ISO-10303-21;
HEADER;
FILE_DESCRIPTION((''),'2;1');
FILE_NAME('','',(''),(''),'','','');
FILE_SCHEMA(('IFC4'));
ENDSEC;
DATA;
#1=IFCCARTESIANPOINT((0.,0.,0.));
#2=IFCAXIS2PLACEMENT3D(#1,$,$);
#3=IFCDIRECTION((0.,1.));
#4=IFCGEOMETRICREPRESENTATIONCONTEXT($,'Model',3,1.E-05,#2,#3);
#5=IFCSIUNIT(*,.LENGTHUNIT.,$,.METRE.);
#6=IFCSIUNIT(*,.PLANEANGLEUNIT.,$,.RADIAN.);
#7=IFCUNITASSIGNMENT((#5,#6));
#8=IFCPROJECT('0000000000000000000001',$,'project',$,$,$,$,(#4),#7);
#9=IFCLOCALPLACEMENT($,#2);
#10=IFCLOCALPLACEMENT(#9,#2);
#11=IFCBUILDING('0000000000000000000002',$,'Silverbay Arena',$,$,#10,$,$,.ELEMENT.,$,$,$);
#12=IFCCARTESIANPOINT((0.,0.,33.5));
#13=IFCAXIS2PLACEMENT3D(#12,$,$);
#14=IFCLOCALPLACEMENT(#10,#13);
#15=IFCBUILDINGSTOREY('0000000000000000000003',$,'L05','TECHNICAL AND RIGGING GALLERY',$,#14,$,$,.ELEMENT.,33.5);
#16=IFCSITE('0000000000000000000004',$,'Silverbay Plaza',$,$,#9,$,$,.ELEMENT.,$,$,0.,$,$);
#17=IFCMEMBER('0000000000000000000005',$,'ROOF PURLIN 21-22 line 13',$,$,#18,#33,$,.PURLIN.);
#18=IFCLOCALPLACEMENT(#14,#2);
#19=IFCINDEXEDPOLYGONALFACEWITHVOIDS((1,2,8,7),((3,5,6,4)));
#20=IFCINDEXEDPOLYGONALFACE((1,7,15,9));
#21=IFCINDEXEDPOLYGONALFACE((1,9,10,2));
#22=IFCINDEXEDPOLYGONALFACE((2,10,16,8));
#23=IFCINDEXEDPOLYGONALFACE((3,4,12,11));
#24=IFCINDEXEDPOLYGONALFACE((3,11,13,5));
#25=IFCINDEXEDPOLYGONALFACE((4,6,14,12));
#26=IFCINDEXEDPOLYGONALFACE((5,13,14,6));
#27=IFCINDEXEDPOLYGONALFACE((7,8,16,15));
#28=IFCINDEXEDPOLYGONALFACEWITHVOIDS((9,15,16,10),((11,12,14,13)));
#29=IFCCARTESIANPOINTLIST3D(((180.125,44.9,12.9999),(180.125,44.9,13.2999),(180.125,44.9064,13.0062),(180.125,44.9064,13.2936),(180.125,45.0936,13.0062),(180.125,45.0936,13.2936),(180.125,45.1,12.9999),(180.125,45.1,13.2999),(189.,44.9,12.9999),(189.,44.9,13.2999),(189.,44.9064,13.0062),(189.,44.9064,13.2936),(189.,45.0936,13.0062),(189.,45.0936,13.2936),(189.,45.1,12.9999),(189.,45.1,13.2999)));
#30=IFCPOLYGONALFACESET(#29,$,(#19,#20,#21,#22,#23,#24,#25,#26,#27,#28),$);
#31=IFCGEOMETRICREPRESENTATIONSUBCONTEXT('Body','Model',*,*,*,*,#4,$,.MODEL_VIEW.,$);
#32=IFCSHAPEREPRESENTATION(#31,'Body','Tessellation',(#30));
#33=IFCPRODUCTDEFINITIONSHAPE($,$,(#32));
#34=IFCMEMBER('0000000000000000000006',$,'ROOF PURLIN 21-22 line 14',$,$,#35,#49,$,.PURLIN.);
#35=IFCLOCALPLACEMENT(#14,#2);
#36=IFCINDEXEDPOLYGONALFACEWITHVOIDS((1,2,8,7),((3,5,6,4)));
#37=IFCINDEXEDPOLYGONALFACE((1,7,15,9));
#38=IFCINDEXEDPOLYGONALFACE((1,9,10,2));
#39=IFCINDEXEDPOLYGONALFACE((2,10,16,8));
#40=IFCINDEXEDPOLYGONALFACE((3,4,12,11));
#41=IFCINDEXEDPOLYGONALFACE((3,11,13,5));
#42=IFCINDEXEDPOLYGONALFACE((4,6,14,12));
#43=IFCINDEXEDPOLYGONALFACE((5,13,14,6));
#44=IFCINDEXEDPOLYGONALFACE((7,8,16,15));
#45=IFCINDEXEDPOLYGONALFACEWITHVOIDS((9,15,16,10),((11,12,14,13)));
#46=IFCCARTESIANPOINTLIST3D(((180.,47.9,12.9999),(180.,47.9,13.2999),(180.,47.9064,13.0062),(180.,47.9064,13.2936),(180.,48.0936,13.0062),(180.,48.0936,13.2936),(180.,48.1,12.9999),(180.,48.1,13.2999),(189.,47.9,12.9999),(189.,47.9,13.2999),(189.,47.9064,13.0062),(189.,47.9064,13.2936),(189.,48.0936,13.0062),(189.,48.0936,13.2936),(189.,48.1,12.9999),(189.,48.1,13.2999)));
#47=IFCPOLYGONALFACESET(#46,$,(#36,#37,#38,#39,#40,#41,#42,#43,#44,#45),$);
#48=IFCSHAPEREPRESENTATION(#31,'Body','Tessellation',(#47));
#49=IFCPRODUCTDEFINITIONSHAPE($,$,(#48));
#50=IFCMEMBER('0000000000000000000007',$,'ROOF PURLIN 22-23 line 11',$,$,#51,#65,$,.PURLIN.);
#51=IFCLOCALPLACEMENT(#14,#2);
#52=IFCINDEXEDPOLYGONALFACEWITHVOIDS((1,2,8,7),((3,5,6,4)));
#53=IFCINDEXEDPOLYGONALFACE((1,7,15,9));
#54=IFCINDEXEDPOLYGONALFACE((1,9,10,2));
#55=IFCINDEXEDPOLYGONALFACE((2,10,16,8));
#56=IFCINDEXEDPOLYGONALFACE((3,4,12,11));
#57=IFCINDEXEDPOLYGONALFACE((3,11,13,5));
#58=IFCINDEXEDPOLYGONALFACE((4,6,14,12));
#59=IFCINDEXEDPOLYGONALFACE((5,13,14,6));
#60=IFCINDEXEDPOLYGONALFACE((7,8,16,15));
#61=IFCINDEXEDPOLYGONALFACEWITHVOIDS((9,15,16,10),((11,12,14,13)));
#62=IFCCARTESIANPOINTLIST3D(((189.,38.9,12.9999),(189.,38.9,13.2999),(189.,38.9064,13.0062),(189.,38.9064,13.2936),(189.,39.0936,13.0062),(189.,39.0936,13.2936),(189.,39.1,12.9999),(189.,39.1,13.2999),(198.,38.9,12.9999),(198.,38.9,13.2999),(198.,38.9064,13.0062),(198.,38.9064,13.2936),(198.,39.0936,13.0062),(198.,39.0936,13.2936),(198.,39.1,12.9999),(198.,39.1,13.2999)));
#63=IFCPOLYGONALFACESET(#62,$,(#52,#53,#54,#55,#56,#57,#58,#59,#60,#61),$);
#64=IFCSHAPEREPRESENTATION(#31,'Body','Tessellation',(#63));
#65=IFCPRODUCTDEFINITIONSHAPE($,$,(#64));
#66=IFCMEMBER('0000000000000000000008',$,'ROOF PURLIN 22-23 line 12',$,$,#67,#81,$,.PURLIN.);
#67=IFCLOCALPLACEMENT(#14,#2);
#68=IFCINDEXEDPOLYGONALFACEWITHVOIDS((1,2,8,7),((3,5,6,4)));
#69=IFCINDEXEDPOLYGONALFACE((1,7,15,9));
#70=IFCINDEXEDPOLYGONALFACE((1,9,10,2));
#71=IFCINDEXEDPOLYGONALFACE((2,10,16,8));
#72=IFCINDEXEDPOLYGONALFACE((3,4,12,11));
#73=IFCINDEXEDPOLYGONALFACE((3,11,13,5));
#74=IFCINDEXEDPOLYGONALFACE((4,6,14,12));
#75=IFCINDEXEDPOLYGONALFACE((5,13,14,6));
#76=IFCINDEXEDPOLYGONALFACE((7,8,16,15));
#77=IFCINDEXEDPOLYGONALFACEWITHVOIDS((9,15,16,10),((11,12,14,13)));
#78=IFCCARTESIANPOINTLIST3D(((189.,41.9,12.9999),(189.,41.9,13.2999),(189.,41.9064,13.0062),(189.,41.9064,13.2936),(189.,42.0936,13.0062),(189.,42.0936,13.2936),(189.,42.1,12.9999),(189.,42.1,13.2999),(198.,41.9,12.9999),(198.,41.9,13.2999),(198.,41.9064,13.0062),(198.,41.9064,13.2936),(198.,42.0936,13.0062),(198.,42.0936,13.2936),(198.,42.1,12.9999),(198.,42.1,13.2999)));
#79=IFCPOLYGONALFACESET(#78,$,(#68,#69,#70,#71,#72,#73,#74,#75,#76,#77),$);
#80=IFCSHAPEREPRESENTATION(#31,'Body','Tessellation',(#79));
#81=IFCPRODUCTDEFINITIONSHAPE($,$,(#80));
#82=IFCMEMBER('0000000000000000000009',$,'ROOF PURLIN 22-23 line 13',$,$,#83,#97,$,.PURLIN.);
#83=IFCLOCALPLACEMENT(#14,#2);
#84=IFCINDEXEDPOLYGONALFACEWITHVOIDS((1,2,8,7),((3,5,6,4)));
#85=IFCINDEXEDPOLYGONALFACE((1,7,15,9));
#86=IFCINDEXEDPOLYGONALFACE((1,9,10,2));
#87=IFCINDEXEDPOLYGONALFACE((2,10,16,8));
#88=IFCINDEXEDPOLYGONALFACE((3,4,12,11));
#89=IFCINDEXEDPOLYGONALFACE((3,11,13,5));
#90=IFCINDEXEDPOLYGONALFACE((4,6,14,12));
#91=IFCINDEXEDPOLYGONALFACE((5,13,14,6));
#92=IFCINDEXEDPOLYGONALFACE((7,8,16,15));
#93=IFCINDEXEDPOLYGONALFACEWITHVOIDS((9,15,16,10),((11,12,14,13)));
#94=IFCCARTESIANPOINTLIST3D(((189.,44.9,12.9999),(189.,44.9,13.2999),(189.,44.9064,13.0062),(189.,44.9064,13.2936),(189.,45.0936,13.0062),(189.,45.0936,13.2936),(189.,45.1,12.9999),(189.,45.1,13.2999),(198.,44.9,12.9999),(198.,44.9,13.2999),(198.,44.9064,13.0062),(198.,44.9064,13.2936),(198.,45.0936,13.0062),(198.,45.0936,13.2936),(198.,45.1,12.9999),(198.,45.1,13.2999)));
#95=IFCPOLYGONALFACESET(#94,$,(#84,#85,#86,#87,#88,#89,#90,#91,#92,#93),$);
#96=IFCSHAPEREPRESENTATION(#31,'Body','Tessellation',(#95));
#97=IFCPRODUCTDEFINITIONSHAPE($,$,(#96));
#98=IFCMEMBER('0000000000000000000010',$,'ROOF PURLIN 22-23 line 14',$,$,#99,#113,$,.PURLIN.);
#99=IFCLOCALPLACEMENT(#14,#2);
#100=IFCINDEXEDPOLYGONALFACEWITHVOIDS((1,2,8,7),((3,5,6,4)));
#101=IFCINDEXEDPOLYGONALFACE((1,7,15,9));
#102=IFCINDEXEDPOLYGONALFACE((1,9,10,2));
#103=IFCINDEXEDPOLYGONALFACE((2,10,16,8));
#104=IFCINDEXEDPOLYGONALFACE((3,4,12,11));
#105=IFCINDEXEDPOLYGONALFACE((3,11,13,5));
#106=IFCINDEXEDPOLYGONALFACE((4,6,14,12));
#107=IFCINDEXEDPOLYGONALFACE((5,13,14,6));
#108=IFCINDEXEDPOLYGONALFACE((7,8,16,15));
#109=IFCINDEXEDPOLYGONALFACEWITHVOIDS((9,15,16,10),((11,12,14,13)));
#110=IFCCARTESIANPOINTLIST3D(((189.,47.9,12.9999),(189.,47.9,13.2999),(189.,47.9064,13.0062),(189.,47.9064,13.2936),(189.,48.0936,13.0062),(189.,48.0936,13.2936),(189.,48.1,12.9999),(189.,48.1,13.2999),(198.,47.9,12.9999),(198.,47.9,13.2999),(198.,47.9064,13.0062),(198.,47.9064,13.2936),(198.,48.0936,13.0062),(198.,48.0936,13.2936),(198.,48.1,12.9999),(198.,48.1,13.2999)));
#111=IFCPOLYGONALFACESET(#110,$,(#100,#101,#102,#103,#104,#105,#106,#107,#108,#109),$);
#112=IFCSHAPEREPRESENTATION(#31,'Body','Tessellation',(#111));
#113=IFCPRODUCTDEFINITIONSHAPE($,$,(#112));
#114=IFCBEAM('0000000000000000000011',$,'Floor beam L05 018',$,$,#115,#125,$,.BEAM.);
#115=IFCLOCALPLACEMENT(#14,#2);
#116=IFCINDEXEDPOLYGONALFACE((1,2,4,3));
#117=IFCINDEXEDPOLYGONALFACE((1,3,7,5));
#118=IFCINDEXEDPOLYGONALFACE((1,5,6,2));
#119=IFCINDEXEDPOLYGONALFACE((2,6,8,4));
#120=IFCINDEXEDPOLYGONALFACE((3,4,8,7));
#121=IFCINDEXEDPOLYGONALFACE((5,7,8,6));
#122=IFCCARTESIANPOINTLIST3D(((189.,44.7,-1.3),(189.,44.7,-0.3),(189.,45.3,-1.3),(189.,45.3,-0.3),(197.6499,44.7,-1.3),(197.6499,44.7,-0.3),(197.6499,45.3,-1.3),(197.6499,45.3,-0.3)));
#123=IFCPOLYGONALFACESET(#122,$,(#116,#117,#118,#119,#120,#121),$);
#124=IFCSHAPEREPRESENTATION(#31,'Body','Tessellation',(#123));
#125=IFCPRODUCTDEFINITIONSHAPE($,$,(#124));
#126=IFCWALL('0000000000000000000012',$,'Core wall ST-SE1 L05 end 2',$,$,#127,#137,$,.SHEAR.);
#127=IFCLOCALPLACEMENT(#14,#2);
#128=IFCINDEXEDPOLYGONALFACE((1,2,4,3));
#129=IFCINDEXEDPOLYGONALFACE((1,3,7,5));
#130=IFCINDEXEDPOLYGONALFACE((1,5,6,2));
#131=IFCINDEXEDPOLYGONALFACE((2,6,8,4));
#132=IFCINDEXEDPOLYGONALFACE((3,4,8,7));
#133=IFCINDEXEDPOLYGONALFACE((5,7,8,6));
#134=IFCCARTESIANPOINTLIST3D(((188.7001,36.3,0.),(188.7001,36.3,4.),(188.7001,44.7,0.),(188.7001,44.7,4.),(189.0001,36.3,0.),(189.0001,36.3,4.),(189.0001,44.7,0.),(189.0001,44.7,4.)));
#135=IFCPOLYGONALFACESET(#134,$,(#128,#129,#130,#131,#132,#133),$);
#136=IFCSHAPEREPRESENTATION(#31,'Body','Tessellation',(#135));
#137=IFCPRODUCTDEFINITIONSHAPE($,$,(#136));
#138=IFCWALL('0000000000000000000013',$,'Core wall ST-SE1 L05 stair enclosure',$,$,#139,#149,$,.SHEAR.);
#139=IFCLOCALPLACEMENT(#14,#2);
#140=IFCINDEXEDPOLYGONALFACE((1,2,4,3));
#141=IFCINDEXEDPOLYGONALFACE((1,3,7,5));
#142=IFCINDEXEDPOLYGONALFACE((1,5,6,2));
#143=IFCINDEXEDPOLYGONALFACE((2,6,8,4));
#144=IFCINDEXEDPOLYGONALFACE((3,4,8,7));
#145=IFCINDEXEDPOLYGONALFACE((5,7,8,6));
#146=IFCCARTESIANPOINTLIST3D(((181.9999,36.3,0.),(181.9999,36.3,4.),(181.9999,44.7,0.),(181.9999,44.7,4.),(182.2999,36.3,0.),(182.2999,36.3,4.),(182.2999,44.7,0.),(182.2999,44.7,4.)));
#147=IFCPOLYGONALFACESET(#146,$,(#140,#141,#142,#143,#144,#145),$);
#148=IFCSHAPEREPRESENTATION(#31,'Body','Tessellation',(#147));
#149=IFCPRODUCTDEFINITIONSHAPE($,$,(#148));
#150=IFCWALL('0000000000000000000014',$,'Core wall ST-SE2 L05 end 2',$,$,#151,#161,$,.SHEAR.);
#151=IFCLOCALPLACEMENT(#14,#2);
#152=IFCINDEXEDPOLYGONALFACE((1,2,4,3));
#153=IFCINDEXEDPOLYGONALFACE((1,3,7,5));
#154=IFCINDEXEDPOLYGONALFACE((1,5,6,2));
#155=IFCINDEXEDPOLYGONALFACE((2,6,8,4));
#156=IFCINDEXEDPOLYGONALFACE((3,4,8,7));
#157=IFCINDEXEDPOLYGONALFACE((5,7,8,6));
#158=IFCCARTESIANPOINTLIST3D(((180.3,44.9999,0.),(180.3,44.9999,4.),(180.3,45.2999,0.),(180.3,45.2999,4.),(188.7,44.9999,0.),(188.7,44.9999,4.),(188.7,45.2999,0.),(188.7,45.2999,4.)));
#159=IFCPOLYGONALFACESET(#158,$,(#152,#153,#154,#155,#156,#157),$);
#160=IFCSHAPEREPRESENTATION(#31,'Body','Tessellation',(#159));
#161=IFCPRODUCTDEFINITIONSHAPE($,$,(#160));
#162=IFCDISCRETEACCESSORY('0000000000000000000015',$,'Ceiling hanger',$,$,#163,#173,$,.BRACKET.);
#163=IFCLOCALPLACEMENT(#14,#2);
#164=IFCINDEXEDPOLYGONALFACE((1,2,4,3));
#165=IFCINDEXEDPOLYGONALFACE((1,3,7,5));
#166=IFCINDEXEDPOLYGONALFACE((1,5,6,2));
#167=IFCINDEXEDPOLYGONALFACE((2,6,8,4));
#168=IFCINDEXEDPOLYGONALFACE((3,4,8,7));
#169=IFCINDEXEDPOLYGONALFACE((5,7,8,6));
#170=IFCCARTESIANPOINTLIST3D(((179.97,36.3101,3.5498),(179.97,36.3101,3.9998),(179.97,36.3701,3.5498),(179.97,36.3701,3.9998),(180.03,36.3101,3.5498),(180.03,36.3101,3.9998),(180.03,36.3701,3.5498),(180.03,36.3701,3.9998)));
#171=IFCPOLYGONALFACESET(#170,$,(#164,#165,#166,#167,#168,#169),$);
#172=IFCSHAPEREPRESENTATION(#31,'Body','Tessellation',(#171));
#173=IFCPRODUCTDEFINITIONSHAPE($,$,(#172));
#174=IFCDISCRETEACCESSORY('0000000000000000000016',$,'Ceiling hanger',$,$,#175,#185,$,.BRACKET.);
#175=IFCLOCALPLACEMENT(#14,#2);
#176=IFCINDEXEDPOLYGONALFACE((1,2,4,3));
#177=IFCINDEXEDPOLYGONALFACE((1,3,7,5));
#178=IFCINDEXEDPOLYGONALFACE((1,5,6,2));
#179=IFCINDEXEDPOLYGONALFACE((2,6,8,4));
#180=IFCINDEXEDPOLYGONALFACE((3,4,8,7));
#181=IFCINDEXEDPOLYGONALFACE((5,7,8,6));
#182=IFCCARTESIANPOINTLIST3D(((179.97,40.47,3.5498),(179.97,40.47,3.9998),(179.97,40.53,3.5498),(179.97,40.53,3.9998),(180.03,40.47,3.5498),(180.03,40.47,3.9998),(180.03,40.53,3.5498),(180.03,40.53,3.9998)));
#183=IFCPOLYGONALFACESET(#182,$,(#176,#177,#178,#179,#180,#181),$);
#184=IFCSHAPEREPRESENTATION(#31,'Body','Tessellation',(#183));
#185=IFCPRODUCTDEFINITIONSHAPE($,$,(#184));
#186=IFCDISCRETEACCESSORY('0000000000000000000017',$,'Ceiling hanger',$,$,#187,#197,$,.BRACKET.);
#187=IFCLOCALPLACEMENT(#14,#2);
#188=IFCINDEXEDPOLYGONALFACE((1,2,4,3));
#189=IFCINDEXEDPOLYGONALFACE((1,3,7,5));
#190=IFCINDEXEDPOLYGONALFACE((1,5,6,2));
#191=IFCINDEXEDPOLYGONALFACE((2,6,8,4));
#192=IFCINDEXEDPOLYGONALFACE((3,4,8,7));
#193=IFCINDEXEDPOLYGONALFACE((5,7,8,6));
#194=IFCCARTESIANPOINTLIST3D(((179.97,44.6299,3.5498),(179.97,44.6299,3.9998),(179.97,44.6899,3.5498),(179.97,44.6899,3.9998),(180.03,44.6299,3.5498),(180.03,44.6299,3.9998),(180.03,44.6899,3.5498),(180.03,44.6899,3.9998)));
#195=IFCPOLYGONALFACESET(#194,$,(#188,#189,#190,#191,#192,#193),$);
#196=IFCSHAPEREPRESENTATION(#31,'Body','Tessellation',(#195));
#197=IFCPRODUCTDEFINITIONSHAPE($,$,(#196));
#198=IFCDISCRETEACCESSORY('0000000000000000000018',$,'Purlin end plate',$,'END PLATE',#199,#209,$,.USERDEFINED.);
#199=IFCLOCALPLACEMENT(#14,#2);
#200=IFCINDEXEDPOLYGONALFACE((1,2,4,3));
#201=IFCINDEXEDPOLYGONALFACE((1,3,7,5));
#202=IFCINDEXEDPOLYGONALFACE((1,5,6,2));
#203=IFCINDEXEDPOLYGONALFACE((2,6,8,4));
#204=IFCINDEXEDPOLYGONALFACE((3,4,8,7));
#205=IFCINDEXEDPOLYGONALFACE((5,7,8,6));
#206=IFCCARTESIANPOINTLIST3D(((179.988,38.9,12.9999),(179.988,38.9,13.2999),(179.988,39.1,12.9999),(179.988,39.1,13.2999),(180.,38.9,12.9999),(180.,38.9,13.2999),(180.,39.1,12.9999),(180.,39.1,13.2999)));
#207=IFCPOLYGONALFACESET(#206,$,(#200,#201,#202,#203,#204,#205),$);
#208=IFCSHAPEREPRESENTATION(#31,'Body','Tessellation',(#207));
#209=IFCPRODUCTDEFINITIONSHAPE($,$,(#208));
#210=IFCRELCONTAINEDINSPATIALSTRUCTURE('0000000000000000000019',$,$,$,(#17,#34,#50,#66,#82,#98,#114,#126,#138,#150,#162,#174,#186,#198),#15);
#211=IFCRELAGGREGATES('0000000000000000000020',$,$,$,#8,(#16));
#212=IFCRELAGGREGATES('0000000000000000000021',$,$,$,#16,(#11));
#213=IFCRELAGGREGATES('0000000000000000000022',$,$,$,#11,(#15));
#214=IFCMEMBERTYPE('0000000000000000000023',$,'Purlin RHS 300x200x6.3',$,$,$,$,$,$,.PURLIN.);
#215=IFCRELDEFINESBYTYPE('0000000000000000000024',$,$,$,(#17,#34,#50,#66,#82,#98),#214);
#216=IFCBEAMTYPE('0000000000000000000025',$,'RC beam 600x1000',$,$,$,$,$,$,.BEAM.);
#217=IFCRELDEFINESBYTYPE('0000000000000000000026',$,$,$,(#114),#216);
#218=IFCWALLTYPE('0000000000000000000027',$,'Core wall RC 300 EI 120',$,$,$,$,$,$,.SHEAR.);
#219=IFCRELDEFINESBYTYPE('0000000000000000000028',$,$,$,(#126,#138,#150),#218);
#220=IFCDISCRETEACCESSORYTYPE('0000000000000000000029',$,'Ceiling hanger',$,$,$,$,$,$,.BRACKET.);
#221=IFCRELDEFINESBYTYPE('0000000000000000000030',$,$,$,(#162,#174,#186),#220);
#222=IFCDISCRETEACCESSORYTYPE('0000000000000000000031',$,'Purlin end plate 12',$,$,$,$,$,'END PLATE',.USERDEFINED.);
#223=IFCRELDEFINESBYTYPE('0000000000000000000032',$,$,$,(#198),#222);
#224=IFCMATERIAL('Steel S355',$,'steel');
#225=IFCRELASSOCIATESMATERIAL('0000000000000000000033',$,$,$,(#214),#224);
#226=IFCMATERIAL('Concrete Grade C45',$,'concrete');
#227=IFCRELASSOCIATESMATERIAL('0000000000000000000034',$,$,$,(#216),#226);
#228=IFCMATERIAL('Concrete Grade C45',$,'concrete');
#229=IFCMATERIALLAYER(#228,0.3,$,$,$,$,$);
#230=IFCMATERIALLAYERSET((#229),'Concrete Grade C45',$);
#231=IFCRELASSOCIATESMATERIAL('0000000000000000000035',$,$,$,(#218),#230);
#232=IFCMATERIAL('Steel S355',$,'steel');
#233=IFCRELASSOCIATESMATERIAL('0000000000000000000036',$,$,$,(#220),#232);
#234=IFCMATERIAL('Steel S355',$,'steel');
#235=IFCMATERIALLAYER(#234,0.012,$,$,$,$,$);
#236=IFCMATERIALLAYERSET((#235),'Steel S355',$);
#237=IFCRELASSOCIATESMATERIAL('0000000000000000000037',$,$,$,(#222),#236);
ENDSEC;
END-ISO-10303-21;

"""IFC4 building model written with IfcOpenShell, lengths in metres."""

from ifc_helpers import new_model, si_unit, direction, frame, frame_2d, origin, origin_2d, place, context, subcontext, project, spatial, rectangle, hollow_rectangle, extrude, material, layer, layer_set, material_profile, profile_set, type_object, element, save


model = new_model("IFC4")

# Units and contexts
model_context = context("Model", 3, precision=1e-05, world=origin(), true_north=direction((0.0, 1.0)))
body_context = subcontext(model_context, "Body", "Model", "MODEL_VIEW")
ifc_project = project(units=[si_unit("LENGTHUNIT", "METRE"), si_unit("PLANEANGLEUNIT", "RADIAN")], contexts=[model_context])

# Site, building, storey
site_placement = place(None, origin())
site = spatial("IfcSite", under=ifc_project, at=site_placement, Name="Silverbay Plaza", CompositionType="ELEMENT", RefElevation=0.0)
building_placement = place(site_placement, origin())
building = spatial("IfcBuilding", under=site, at=building_placement, Name="Silverbay Arena", CompositionType="ELEMENT")
storey_placement = place(building_placement, frame((0.0, 0.0, 33.5)))
storey = spatial("IfcBuildingStorey", under=building, at=storey_placement, Name="L05", Description="TECHNICAL AND RIGGING GALLERY", CompositionType="ELEMENT", Elevation=33.5)

# Members
ifc_material_1 = material(Name="Steel S355", Category="steel")
ifc_material_profile_1 = material_profile(ifc_material_1, hollow_rectangle(XDim=0.2, YDim=0.3, WallThickness=0.0063, at=origin_2d()), Name="RHS 300x200x6.3")
ifc_profile_set_1 = profile_set([ifc_material_profile_1], Name="Steel S355")
member_type_1 = type_object("IfcMemberType", Name="Purlin RHS 300x200x6.3", PredefinedType="PURLIN", material=ifc_profile_set_1)
member_1_placement = place(storey_placement, frame((180.125, 45.0, 13.1499), z_axis=(1.0, 0.0, 0.0), x_axis=(0.0, 1.0, 0.0)))
element("IfcMember", 1, at=member_1_placement, inside=storey, type_object=member_type_1, Name="ROOF PURLIN 21-22 line 13", PredefinedType="PURLIN", context=body_context, shape_type="SweptSolid", body=[
    extrude(hollow_rectangle(XDim=0.2, YDim=0.3, WallThickness=0.0063, at=origin_2d()), origin(), (0.0, 0.0, 1.0), 8.875),
])
for number, where, z_axis, x_axis, name in (
    (2, (180.0, 48.0, 13.1499), (1.0, 0.0, 0.0), (0.0, 1.0, 0.0), "ROOF PURLIN 21-22 line 14"),
    (3, (189.0, 39.0, 13.1499), (1.0, 0.0, 0.0), (0.0, 1.0, 0.0), "ROOF PURLIN 22-23 line 11"),
    (4, (189.0, 42.0, 13.1499), (1.0, 0.0, 0.0), (0.0, 1.0, 0.0), "ROOF PURLIN 22-23 line 12"),
    (5, (189.0, 45.0, 13.1499), (1.0, 0.0, 0.0), (0.0, 1.0, 0.0), "ROOF PURLIN 22-23 line 13"),
    (6, (189.0, 48.0, 13.1499), (1.0, 0.0, 0.0), (0.0, 1.0, 0.0), "ROOF PURLIN 22-23 line 14"),
):
    element("IfcMember", number, at=place(storey_placement, frame(where, z_axis=z_axis, x_axis=x_axis)), inside=storey, type_object=member_type_1, Name=name, PredefinedType="PURLIN", context=body_context, shape_type="SweptSolid", body=[
        extrude(hollow_rectangle(XDim=0.2, YDim=0.3, WallThickness=0.0063, at=origin_2d()), origin(), (0.0, 0.0, 1.0), 9.0),
    ])

# Beam
ifc_material_2 = material(Name="Concrete Grade C45", Category="concrete")
ifc_material_profile_2 = material_profile(ifc_material_2, rectangle(XDim=0.6001, YDim=1.0, at=origin_2d()), Name="RC 600x1000")
ifc_profile_set_2 = profile_set([ifc_material_profile_2], Name="Concrete Grade C45")
beam_type = type_object("IfcBeamType", Name="RC beam 600x1000", PredefinedType="BEAM", material=ifc_profile_set_2)
beam_placement = place(storey_placement, frame((189.0, 45.0, -0.8), z_axis=(1.0, 0.0, 0.0), x_axis=(0.0, 1.0, 0.0)))
element("IfcBeam", 7, at=beam_placement, inside=storey, type_object=beam_type, Name="Floor beam L05 018", PredefinedType="BEAM", context=body_context, shape_type="SweptSolid", body=[
    extrude(rectangle(XDim=0.6001, YDim=1.0, at=origin_2d()), origin(), (0.0, 0.0, 1.0), 8.6499),
])

# Walls
ifc_material_3 = material(Name="Concrete Grade C45", Category="concrete")
ifc_layer_1 = layer(ifc_material_3, 0.3)
ifc_layer_set_1 = layer_set([ifc_layer_1], Name="Concrete Grade C45")
wall_type = type_object("IfcWallType", Name="Core wall RC 300 EI 120", PredefinedType="SHEAR", material=ifc_layer_set_1)
for number, where, z_axis, x_axis, name in (
    (8, (188.8501, 44.7, 0.0), (0.0, 0.0, 1.0), (0.0, -1.0, 0.0), "Core wall ST-SE1 L05 end 2"),
    (9, (182.1499, 44.7, 0.0), (0.0, 0.0, 1.0), (0.0, -1.0, 0.0), "Core wall ST-SE1 L05 stair enclosure"),
    (10, (180.3, 45.1499, 0.0), (0.0, 0.0, 1.0), (1.0, 0.0, 0.0), "Core wall ST-SE2 L05 end 2"),
):
    element("IfcWall", number, at=place(storey_placement, frame(where, z_axis=z_axis, x_axis=x_axis)), inside=storey, type_object=wall_type, Name=name, PredefinedType="SHEAR", context=body_context, shape_type="SweptSolid", body=[
        extrude(rectangle(XDim=8.3999, YDim=0.3, at=frame_2d((4.2, 0.0))), origin(), (0.0, 0.0, 1.0), 4.0),
    ])

# Discrete accessories
ifc_material_4 = material(Name="Steel S355", Category="steel")
discrete_accessory_type_1 = type_object("IfcDiscreteAccessoryType", Name="Ceiling hanger", PredefinedType="BRACKET", material=ifc_material_4)
for number, where, z_axis, x_axis, name in (
    (11, (180.0, 36.3401, 3.5498), (0.0, 0.0, 1.0), (1.0, 0.0, 0.0), "Ceiling hanger"),
    (12, (180.0, 40.5, 3.5498), (0.0, 0.0, 1.0), (1.0, 0.0, 0.0), "Ceiling hanger"),
    (13, (180.0, 44.6599, 3.5498), (0.0, 0.0, 1.0), (1.0, 0.0, 0.0), "Ceiling hanger"),
):
    element("IfcDiscreteAccessory", number, at=place(storey_placement, frame(where, z_axis=z_axis, x_axis=x_axis)), inside=storey, type_object=discrete_accessory_type_1, Name=name, PredefinedType="BRACKET", context=body_context, shape_type="SweptSolid", body=[
        extrude(rectangle(XDim=0.0601, YDim=0.0601, at=origin_2d()), origin(), (0.0, 0.0, 1.0), 0.45),
    ])
ifc_material_5 = material(Name="Steel S355", Category="steel")
ifc_layer_2 = layer(ifc_material_5, 0.012)
ifc_layer_set_2 = layer_set([ifc_layer_2], Name="Steel S355")
discrete_accessory_type_2 = type_object("IfcDiscreteAccessoryType", Name="Purlin end plate 12", ElementType="END PLATE", PredefinedType="USERDEFINED", material=ifc_layer_set_2)
for number, where, z_axis, x_axis, name in (
    (14, (180.0, 39.0, 13.1499), (-1.0, 0.0, 0.0), (0.0, -1.0, 0.0), "Purlin end plate"),
):
    element("IfcDiscreteAccessory", number, at=place(storey_placement, frame(where, z_axis=z_axis, x_axis=x_axis)), inside=storey, type_object=discrete_accessory_type_2, Name=name, ObjectType="END PLATE", PredefinedType="USERDEFINED", context=body_context, shape_type="SweptSolid", body=[
        extrude(rectangle(XDim=0.2, YDim=0.3, at=origin_2d()), origin(), (0.0, 0.0, 1.0), 0.012),
    ])

save(model, "model.ifc")
